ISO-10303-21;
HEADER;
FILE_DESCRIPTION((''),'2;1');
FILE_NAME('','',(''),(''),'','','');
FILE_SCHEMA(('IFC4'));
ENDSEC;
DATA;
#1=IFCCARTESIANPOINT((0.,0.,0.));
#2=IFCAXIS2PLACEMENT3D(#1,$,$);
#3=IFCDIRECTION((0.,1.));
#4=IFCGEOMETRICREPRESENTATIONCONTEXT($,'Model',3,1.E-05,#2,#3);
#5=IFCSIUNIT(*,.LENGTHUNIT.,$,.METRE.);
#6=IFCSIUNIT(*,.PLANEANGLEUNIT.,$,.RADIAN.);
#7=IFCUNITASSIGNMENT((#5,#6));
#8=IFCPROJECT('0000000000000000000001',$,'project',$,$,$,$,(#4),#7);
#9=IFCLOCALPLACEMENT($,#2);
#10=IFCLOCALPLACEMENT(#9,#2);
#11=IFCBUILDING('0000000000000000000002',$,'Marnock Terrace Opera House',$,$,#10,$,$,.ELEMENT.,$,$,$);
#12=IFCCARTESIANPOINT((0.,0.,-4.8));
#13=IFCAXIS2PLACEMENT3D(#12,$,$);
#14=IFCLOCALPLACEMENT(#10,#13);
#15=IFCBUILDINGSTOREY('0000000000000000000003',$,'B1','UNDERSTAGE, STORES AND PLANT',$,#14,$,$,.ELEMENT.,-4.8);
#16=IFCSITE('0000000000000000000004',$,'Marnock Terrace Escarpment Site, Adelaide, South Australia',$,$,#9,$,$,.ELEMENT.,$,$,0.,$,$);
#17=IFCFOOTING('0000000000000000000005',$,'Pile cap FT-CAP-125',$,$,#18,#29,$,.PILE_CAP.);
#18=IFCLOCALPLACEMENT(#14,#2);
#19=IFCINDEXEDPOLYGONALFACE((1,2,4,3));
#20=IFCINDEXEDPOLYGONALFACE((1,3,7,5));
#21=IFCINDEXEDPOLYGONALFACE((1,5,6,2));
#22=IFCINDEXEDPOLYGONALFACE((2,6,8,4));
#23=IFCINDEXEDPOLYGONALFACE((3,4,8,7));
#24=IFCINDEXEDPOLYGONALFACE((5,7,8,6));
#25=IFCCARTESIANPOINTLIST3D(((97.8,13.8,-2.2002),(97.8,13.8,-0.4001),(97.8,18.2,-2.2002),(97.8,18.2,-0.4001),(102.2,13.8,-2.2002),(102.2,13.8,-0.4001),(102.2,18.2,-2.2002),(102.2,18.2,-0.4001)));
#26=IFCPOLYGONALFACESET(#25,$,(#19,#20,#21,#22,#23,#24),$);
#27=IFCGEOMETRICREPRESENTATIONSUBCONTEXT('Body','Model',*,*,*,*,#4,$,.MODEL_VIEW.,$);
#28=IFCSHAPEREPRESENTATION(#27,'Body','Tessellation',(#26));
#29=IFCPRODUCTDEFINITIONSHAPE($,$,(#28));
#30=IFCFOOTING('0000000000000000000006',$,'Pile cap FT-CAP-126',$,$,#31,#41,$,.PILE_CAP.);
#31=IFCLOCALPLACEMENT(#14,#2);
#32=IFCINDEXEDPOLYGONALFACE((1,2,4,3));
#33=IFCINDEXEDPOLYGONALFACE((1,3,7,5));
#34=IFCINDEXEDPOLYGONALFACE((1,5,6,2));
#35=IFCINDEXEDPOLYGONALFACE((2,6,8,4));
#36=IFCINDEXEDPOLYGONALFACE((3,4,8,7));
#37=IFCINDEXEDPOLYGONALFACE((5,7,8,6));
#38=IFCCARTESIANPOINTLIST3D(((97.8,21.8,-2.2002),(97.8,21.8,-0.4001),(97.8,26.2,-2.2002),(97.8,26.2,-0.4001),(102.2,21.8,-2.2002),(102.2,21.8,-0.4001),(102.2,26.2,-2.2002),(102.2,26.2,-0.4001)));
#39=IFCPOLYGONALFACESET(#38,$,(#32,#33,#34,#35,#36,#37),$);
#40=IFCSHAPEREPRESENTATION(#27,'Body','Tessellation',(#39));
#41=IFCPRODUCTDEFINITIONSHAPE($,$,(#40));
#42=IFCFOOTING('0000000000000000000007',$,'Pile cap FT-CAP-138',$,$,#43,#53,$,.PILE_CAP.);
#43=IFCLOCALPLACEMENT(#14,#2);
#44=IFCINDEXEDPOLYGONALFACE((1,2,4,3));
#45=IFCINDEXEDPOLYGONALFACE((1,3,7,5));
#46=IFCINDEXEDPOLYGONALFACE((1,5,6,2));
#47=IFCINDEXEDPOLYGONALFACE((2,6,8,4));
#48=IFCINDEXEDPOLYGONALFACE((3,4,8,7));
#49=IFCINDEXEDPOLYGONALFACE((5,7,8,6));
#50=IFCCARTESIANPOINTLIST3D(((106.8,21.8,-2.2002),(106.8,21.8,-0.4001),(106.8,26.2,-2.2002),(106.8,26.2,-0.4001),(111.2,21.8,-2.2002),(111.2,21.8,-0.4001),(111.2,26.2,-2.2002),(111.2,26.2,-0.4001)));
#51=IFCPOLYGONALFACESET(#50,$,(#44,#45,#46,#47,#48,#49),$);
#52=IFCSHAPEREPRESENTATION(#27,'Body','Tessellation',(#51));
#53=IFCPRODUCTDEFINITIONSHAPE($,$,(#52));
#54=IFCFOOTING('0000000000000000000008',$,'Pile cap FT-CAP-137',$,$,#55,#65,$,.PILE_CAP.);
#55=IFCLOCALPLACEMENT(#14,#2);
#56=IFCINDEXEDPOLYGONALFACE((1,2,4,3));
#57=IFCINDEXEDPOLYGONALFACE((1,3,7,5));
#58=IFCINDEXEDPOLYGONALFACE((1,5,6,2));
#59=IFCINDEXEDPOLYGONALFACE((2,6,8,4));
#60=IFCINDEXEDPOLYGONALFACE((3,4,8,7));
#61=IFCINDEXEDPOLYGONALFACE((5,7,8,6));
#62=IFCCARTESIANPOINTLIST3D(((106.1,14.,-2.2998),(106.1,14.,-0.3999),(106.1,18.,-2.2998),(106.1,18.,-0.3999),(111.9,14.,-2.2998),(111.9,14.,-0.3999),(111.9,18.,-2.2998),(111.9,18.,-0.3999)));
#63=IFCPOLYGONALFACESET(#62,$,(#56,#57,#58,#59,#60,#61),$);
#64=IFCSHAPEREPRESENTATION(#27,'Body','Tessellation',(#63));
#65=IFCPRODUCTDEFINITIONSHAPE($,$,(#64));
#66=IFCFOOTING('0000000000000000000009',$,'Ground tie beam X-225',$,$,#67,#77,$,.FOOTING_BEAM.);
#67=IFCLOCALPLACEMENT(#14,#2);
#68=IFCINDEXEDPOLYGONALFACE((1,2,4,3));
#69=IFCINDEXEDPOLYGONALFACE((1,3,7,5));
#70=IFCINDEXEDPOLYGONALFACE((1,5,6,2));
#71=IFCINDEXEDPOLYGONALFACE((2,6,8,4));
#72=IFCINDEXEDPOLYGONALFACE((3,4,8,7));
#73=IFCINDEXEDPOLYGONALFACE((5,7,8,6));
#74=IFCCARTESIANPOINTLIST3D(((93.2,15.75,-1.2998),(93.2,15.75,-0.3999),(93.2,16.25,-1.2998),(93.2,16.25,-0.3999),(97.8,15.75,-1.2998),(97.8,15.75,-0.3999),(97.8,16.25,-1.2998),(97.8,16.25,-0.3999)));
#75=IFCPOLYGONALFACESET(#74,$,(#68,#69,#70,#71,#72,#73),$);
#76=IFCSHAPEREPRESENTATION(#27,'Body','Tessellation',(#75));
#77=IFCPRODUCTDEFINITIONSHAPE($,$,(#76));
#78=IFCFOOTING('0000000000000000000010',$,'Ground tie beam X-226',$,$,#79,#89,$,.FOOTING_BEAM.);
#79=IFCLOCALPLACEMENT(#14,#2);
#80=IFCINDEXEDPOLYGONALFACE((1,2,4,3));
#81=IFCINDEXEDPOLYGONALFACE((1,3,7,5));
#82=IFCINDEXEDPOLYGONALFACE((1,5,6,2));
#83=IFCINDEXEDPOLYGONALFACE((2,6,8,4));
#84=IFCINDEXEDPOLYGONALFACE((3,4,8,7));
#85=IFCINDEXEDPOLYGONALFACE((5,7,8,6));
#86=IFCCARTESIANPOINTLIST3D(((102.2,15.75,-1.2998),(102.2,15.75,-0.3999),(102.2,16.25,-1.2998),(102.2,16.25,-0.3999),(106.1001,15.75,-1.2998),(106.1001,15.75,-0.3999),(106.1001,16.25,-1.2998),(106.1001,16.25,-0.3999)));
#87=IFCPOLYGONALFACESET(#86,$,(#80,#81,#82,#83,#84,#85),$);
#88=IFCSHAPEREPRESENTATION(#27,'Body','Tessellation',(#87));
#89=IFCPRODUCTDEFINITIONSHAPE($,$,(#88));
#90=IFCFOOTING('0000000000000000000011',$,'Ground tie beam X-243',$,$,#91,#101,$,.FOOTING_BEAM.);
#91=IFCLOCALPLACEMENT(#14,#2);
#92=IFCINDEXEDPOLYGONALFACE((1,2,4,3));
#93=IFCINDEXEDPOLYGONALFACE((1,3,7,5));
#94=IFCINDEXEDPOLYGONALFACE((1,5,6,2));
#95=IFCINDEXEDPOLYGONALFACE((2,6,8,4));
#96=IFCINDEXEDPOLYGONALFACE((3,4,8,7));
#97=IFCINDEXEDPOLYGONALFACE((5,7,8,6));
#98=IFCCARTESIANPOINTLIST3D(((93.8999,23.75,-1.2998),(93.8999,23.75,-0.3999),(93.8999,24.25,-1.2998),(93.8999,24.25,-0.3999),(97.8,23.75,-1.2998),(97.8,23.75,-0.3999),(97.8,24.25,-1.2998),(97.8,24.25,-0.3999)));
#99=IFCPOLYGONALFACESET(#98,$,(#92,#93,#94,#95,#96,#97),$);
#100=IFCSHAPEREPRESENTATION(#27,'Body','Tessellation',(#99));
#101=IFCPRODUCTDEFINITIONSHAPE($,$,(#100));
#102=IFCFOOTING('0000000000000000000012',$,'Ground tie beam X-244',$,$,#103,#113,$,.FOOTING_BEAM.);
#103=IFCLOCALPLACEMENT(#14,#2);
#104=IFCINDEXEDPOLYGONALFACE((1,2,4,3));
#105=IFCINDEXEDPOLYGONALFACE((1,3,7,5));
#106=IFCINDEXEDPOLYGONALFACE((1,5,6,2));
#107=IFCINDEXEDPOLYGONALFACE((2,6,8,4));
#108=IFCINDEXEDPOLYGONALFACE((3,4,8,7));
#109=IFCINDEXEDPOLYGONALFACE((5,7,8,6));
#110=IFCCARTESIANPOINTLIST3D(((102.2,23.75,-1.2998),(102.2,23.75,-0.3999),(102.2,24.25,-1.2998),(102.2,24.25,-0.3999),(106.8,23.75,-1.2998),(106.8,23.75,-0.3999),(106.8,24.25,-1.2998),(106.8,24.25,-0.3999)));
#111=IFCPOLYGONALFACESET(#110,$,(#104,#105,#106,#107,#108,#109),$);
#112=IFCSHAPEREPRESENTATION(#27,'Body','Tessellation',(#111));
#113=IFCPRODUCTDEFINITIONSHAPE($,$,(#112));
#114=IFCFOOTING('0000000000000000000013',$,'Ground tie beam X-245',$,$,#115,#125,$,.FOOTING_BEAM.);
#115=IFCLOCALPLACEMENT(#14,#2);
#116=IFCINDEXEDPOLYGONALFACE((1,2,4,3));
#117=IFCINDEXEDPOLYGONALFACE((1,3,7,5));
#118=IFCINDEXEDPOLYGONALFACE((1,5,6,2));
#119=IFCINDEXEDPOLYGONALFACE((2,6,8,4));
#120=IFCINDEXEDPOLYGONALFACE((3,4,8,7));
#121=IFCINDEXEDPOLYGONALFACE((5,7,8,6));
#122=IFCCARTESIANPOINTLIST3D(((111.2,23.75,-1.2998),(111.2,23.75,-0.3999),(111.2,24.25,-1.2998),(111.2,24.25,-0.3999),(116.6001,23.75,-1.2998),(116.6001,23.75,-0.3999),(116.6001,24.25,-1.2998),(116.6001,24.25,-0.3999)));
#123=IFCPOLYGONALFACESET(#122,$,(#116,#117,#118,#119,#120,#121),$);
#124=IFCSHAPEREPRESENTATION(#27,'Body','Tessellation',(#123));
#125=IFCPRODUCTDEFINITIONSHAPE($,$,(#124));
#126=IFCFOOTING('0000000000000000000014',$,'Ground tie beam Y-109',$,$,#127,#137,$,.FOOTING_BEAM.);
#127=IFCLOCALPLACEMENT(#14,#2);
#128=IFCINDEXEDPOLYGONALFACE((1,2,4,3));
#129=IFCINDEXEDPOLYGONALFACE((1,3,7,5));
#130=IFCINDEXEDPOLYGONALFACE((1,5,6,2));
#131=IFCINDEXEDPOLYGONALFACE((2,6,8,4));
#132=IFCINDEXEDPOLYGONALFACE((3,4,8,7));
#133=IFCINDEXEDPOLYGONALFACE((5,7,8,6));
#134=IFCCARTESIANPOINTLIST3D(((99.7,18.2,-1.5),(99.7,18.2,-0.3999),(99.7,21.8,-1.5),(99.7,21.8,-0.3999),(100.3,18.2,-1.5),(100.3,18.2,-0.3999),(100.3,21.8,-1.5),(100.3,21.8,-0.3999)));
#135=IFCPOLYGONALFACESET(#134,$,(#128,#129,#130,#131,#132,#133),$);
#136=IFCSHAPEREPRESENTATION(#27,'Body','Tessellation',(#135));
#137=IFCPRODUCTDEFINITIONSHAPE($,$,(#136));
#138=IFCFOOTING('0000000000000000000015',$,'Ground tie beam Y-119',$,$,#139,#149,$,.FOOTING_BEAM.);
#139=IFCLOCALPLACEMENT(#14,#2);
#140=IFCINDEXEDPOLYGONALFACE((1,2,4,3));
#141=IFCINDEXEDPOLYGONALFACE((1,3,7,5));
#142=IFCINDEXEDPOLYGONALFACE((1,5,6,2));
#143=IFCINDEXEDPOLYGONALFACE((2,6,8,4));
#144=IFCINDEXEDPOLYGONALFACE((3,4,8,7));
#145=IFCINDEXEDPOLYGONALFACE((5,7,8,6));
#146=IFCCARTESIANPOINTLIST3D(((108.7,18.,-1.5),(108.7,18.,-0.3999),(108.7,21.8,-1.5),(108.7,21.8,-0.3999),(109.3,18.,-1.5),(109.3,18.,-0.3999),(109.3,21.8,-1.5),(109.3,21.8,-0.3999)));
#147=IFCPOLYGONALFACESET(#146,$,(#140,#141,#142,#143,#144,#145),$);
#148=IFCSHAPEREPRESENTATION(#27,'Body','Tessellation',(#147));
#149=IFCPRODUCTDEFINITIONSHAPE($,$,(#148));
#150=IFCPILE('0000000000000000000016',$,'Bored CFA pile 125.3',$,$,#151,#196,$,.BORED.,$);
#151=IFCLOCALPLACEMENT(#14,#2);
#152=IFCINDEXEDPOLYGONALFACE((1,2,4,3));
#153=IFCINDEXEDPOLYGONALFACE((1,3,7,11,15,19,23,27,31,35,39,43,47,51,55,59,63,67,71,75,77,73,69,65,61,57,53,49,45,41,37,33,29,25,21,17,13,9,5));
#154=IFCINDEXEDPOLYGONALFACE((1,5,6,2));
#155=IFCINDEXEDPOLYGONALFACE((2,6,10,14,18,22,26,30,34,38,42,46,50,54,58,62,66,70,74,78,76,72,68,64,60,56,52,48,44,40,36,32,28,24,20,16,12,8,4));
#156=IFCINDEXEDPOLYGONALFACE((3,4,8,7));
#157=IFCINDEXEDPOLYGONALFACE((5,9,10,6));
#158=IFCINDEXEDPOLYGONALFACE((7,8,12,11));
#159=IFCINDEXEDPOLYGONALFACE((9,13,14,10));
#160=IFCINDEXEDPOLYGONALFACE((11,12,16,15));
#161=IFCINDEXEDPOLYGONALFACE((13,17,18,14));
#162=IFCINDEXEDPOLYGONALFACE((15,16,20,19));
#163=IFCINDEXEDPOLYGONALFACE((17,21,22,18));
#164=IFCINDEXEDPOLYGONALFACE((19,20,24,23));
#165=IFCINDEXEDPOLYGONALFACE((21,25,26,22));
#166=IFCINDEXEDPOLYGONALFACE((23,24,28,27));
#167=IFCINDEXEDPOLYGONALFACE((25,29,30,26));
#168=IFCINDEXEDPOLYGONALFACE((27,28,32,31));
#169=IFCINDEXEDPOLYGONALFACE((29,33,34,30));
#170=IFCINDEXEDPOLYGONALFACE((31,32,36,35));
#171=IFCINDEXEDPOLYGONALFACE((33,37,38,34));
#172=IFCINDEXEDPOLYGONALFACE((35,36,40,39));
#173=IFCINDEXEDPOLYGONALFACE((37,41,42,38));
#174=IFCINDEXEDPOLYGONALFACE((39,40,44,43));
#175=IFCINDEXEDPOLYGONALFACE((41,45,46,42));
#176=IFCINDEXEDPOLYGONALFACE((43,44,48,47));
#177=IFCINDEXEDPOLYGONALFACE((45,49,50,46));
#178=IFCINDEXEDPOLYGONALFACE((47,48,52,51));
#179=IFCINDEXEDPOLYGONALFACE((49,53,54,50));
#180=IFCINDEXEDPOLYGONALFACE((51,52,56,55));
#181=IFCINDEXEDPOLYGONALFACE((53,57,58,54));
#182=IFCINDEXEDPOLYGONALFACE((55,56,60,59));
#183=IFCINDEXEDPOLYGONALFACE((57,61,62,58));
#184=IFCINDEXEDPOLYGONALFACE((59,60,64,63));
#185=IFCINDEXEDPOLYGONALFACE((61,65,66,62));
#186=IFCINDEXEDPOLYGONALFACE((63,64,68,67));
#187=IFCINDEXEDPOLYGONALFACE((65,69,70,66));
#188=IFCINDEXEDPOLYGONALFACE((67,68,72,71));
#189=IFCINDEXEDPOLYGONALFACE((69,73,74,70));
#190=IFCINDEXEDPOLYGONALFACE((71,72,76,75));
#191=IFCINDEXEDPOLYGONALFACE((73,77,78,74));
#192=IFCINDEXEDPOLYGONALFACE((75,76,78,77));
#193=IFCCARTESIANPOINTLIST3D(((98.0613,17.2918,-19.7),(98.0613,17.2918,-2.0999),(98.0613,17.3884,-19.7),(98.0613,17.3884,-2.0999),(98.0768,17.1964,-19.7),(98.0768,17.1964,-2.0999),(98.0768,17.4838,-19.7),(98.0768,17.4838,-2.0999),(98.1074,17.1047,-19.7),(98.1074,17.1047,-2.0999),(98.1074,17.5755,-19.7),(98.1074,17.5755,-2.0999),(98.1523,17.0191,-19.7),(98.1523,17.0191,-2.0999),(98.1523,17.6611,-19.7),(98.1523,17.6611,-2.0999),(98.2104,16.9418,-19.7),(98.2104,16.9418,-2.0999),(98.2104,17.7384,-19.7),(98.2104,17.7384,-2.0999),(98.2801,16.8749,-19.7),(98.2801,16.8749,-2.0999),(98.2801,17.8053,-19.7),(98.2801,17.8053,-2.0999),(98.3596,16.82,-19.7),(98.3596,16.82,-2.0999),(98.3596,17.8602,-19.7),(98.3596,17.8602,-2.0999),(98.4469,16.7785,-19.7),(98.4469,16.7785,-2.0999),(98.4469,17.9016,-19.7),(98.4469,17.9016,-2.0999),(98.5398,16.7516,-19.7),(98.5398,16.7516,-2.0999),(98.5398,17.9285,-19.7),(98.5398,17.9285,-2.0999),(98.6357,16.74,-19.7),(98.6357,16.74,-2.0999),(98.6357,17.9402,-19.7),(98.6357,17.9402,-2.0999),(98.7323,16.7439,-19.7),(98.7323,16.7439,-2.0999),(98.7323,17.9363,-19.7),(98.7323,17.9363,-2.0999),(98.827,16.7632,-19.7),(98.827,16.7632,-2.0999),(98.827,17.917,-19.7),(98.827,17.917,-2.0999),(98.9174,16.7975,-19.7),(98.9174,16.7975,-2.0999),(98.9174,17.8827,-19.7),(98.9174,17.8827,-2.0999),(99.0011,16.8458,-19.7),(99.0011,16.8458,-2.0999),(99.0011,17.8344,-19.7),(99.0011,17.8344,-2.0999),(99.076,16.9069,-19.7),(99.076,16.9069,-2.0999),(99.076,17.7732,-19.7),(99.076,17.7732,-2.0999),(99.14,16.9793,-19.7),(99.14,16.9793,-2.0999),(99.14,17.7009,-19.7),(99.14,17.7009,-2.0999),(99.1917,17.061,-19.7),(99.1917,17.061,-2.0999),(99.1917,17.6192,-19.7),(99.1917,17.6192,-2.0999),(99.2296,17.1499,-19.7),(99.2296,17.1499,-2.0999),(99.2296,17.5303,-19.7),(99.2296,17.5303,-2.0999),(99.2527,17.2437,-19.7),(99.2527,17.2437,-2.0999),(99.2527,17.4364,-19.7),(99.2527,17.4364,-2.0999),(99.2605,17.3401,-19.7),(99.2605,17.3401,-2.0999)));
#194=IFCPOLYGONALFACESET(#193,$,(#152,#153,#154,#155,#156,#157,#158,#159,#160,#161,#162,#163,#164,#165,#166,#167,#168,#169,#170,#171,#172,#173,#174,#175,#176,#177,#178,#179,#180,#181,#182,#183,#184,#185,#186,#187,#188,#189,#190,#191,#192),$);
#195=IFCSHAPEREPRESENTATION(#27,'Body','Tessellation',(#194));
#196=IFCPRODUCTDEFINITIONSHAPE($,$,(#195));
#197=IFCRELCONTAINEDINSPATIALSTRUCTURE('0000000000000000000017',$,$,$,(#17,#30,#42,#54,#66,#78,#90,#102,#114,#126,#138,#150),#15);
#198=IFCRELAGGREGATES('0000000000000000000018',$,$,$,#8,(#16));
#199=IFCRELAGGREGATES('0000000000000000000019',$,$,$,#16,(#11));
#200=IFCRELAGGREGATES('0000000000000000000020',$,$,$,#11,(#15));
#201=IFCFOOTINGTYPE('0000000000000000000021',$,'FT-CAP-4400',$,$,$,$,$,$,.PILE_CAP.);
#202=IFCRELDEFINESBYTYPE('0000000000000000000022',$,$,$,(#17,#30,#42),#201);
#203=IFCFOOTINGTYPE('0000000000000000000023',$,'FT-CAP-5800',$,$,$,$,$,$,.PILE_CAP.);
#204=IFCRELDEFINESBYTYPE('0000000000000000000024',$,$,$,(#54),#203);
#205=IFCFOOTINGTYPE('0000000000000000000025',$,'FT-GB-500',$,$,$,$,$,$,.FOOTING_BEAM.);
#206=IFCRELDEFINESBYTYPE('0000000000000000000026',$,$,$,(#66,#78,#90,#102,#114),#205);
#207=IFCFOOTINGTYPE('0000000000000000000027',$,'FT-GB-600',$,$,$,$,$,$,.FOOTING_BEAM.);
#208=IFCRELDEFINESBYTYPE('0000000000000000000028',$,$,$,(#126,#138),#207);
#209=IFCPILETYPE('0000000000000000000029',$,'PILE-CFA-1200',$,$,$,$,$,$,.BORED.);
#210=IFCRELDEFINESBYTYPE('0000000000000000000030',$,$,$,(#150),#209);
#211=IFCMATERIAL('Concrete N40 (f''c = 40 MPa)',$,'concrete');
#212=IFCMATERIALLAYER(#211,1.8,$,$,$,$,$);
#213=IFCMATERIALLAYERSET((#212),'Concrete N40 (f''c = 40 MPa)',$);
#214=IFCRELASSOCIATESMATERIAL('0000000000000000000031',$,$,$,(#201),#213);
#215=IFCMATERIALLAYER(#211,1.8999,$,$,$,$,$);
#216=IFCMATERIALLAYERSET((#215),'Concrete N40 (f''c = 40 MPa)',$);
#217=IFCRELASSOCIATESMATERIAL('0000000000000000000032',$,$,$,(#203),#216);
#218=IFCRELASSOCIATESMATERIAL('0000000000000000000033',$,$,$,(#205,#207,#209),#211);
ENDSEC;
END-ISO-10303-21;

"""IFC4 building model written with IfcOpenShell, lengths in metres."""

from ifc_helpers import new_model, si_unit, direction, frame, origin, origin_2d, place, context, subcontext, project, spatial, rectangle, circle, extrude, material, layer, layer_set, material_profile, profile_set, type_object, element, save


model = new_model("IFC4")

# Units and contexts
model_context = context("Model", 3, precision=1e-05, world=origin(), true_north=direction((0.0, 1.0)))
body_context = subcontext(model_context, "Body", "Model", "MODEL_VIEW")
ifc_project = project(units=[si_unit("LENGTHUNIT", "METRE"), si_unit("PLANEANGLEUNIT", "RADIAN")], contexts=[model_context])

# Site, building, storey
site_placement = place(None, origin())
site = spatial("IfcSite", under=ifc_project, at=site_placement, Name="Marnock Terrace Escarpment Site, Adelaide, South Australia", CompositionType="ELEMENT", RefElevation=0.0)
building_placement = place(site_placement, origin())
building = spatial("IfcBuilding", under=site, at=building_placement, Name="Marnock Terrace Opera House", CompositionType="ELEMENT")
storey_placement = place(building_placement, frame((0.0, 0.0, -4.8)))
storey = spatial("IfcBuildingStorey", under=building, at=storey_placement, Name="B1", Description="UNDERSTAGE, STORES AND PLANT", CompositionType="ELEMENT", Elevation=-4.8)

# Footings
ifc_material_1 = material(Name="Concrete N40 (f'c = 40 MPa)", Category="concrete")
ifc_layer_1 = layer(ifc_material_1, 1.8)
ifc_layer_set_1 = layer_set([ifc_layer_1], Name="Concrete N40 (f'c = 40 MPa)")
footing_type_1 = type_object("IfcFootingType", Name="FT-CAP-4400", PredefinedType="PILE_CAP", material=ifc_layer_set_1)
for number, where, z_axis, x_axis, name in (
    (1, (100.0, 16.0, -2.2002), (0.0, 0.0, 1.0), (1.0, 0.0, 0.0), "Pile cap FT-CAP-125"),
    (2, (100.0, 24.0, -2.2002), (0.0, 0.0, 1.0), (1.0, 0.0, 0.0), "Pile cap FT-CAP-126"),
    (3, (109.0, 24.0, -2.2002), (0.0, 0.0, 1.0), (1.0, 0.0, 0.0), "Pile cap FT-CAP-138"),
):
    element("IfcFooting", number, at=place(storey_placement, frame(where, z_axis=z_axis, x_axis=x_axis)), inside=storey, type_object=footing_type_1, Name=name, PredefinedType="PILE_CAP", context=body_context, shape_type="SweptSolid", body=[
        extrude(rectangle(XDim=4.3999, YDim=4.3999, at=origin_2d()), origin(), (0.0, 0.0, 1.0), 1.8),
    ])
ifc_layer_2 = layer(ifc_material_1, 1.8999)
ifc_layer_set_2 = layer_set([ifc_layer_2], Name="Concrete N40 (f'c = 40 MPa)")
footing_type_2 = type_object("IfcFootingType", Name="FT-CAP-5800", PredefinedType="PILE_CAP", material=ifc_layer_set_2)
footing_1_placement = place(storey_placement, frame((109.0, 16.0, -2.2998), z_axis=(0.0, 0.0, 1.0), x_axis=(1.0, 0.0, 0.0)))
element("IfcFooting", 4, at=footing_1_placement, inside=storey, type_object=footing_type_2, Name="Pile cap FT-CAP-137", PredefinedType="PILE_CAP", context=body_context, shape_type="SweptSolid", body=[
    extrude(rectangle(XDim=5.8, YDim=4.0, at=origin_2d()), origin(), (0.0, 0.0, 1.0), 1.8999),
])
ifc_material_profile_1 = material_profile(ifc_material_1, rectangle(XDim=0.5, YDim=0.8999, at=origin_2d()))
ifc_profile_set_1 = profile_set([ifc_material_profile_1], Name="Concrete N40 (f'c = 40 MPa)")
footing_type_3 = type_object("IfcFootingType", Name="FT-GB-500", PredefinedType="FOOTING_BEAM", material=ifc_profile_set_1)
footing_2_placement = place(storey_placement, frame((93.2, 16.0, -0.8499), z_axis=(1.0, 0.0, 0.0), x_axis=(0.0, 1.0, 0.0)))
element("IfcFooting", 5, at=footing_2_placement, inside=storey, type_object=footing_type_3, Name="Ground tie beam X-225", PredefinedType="FOOTING_BEAM", context=body_context, shape_type="SweptSolid", body=[
    extrude(rectangle(XDim=0.5, YDim=0.8999, at=origin_2d()), origin(), (0.0, 0.0, 1.0), 4.6001),
])
for number, where, z_axis, x_axis, name in (
    (6, (102.2, 16.0, -0.8499), (1.0, 0.0, 0.0), (0.0, 1.0, 0.0), "Ground tie beam X-226"),
    (7, (93.8999, 24.0, -0.8499), (1.0, 0.0, 0.0), (0.0, 1.0, 0.0), "Ground tie beam X-243"),
):
    element("IfcFooting", number, at=place(storey_placement, frame(where, z_axis=z_axis, x_axis=x_axis)), inside=storey, type_object=footing_type_3, Name=name, PredefinedType="FOOTING_BEAM", context=body_context, shape_type="SweptSolid", body=[
        extrude(rectangle(XDim=0.5, YDim=0.8999, at=origin_2d()), origin(), (0.0, 0.0, 1.0), 3.9001),
    ])
footing_3_placement = place(storey_placement, frame((102.2, 24.0, -0.8499), z_axis=(1.0, 0.0, 0.0), x_axis=(0.0, 1.0, 0.0)))
element("IfcFooting", 8, at=footing_3_placement, inside=storey, type_object=footing_type_3, Name="Ground tie beam X-244", PredefinedType="FOOTING_BEAM", context=body_context, shape_type="SweptSolid", body=[
    extrude(rectangle(XDim=0.5, YDim=0.8999, at=origin_2d()), origin(), (0.0, 0.0, 1.0), 4.6001),
])
footing_4_placement = place(storey_placement, frame((111.2, 24.0, -0.8499), z_axis=(1.0, 0.0, 0.0), x_axis=(0.0, 1.0, 0.0)))
element("IfcFooting", 9, at=footing_4_placement, inside=storey, type_object=footing_type_3, Name="Ground tie beam X-245", PredefinedType="FOOTING_BEAM", context=body_context, shape_type="SweptSolid", body=[
    extrude(rectangle(XDim=0.5, YDim=0.8999, at=origin_2d()), origin(), (0.0, 0.0, 1.0), 5.4001),
])
ifc_material_profile_2 = material_profile(ifc_material_1, rectangle(XDim=0.6001, YDim=1.1001, at=origin_2d()))
ifc_profile_set_2 = profile_set([ifc_material_profile_2], Name="Concrete N40 (f'c = 40 MPa)")
footing_type_4 = type_object("IfcFootingType", Name="FT-GB-600", PredefinedType="FOOTING_BEAM", material=ifc_profile_set_2)
footing_5_placement = place(storey_placement, frame((100.0, 18.2, -0.95), z_axis=(0.0, 1.0, 0.0), x_axis=(-1.0, 0.0, 0.0)))
element("IfcFooting", 10, at=footing_5_placement, inside=storey, type_object=footing_type_4, Name="Ground tie beam Y-109", PredefinedType="FOOTING_BEAM", context=body_context, shape_type="SweptSolid", body=[
    extrude(rectangle(XDim=0.6001, YDim=1.1001, at=origin_2d()), origin(), (0.0, 0.0, 1.0), 3.6001),
])
footing_6_placement = place(storey_placement, frame((109.0, 18.0, -0.95), z_axis=(0.0, 1.0, 0.0), x_axis=(-1.0, 0.0, 0.0)))
element("IfcFooting", 11, at=footing_6_placement, inside=storey, type_object=footing_type_4, Name="Ground tie beam Y-119", PredefinedType="FOOTING_BEAM", context=body_context, shape_type="SweptSolid", body=[
    extrude(rectangle(XDim=0.6001, YDim=1.1001, at=origin_2d()), origin(), (0.0, 0.0, 1.0), 3.8),
])

# Pile
ifc_material_profile_3 = material_profile(ifc_material_1, circle(Radius=0.6006, at=origin_2d()))
ifc_profile_set_3 = profile_set([ifc_material_profile_3], Name="Concrete N40 (f'c = 40 MPa)")
pile_type = type_object("IfcPileType", Name="PILE-CFA-1200", PredefinedType="BORED", material=ifc_profile_set_3)
for number, where, z_axis, x_axis, name in (
    (12, (98.6599, 17.3401, -2.0999), (0.0, 0.0, -1.0), (1.0, 0.0, 0.0), "Bored CFA pile 125.3"),
):
    element("IfcPile", number, at=place(storey_placement, frame(where, z_axis=z_axis, x_axis=x_axis)), inside=storey, type_object=pile_type, Name=name, PredefinedType="BORED", context=body_context, shape_type="SweptSolid", body=[
        extrude(circle(Radius=0.6006, at=origin_2d()), origin(), (0.0, 0.0, 1.0), 17.6001),
    ])

save(model, "model.ifc")
